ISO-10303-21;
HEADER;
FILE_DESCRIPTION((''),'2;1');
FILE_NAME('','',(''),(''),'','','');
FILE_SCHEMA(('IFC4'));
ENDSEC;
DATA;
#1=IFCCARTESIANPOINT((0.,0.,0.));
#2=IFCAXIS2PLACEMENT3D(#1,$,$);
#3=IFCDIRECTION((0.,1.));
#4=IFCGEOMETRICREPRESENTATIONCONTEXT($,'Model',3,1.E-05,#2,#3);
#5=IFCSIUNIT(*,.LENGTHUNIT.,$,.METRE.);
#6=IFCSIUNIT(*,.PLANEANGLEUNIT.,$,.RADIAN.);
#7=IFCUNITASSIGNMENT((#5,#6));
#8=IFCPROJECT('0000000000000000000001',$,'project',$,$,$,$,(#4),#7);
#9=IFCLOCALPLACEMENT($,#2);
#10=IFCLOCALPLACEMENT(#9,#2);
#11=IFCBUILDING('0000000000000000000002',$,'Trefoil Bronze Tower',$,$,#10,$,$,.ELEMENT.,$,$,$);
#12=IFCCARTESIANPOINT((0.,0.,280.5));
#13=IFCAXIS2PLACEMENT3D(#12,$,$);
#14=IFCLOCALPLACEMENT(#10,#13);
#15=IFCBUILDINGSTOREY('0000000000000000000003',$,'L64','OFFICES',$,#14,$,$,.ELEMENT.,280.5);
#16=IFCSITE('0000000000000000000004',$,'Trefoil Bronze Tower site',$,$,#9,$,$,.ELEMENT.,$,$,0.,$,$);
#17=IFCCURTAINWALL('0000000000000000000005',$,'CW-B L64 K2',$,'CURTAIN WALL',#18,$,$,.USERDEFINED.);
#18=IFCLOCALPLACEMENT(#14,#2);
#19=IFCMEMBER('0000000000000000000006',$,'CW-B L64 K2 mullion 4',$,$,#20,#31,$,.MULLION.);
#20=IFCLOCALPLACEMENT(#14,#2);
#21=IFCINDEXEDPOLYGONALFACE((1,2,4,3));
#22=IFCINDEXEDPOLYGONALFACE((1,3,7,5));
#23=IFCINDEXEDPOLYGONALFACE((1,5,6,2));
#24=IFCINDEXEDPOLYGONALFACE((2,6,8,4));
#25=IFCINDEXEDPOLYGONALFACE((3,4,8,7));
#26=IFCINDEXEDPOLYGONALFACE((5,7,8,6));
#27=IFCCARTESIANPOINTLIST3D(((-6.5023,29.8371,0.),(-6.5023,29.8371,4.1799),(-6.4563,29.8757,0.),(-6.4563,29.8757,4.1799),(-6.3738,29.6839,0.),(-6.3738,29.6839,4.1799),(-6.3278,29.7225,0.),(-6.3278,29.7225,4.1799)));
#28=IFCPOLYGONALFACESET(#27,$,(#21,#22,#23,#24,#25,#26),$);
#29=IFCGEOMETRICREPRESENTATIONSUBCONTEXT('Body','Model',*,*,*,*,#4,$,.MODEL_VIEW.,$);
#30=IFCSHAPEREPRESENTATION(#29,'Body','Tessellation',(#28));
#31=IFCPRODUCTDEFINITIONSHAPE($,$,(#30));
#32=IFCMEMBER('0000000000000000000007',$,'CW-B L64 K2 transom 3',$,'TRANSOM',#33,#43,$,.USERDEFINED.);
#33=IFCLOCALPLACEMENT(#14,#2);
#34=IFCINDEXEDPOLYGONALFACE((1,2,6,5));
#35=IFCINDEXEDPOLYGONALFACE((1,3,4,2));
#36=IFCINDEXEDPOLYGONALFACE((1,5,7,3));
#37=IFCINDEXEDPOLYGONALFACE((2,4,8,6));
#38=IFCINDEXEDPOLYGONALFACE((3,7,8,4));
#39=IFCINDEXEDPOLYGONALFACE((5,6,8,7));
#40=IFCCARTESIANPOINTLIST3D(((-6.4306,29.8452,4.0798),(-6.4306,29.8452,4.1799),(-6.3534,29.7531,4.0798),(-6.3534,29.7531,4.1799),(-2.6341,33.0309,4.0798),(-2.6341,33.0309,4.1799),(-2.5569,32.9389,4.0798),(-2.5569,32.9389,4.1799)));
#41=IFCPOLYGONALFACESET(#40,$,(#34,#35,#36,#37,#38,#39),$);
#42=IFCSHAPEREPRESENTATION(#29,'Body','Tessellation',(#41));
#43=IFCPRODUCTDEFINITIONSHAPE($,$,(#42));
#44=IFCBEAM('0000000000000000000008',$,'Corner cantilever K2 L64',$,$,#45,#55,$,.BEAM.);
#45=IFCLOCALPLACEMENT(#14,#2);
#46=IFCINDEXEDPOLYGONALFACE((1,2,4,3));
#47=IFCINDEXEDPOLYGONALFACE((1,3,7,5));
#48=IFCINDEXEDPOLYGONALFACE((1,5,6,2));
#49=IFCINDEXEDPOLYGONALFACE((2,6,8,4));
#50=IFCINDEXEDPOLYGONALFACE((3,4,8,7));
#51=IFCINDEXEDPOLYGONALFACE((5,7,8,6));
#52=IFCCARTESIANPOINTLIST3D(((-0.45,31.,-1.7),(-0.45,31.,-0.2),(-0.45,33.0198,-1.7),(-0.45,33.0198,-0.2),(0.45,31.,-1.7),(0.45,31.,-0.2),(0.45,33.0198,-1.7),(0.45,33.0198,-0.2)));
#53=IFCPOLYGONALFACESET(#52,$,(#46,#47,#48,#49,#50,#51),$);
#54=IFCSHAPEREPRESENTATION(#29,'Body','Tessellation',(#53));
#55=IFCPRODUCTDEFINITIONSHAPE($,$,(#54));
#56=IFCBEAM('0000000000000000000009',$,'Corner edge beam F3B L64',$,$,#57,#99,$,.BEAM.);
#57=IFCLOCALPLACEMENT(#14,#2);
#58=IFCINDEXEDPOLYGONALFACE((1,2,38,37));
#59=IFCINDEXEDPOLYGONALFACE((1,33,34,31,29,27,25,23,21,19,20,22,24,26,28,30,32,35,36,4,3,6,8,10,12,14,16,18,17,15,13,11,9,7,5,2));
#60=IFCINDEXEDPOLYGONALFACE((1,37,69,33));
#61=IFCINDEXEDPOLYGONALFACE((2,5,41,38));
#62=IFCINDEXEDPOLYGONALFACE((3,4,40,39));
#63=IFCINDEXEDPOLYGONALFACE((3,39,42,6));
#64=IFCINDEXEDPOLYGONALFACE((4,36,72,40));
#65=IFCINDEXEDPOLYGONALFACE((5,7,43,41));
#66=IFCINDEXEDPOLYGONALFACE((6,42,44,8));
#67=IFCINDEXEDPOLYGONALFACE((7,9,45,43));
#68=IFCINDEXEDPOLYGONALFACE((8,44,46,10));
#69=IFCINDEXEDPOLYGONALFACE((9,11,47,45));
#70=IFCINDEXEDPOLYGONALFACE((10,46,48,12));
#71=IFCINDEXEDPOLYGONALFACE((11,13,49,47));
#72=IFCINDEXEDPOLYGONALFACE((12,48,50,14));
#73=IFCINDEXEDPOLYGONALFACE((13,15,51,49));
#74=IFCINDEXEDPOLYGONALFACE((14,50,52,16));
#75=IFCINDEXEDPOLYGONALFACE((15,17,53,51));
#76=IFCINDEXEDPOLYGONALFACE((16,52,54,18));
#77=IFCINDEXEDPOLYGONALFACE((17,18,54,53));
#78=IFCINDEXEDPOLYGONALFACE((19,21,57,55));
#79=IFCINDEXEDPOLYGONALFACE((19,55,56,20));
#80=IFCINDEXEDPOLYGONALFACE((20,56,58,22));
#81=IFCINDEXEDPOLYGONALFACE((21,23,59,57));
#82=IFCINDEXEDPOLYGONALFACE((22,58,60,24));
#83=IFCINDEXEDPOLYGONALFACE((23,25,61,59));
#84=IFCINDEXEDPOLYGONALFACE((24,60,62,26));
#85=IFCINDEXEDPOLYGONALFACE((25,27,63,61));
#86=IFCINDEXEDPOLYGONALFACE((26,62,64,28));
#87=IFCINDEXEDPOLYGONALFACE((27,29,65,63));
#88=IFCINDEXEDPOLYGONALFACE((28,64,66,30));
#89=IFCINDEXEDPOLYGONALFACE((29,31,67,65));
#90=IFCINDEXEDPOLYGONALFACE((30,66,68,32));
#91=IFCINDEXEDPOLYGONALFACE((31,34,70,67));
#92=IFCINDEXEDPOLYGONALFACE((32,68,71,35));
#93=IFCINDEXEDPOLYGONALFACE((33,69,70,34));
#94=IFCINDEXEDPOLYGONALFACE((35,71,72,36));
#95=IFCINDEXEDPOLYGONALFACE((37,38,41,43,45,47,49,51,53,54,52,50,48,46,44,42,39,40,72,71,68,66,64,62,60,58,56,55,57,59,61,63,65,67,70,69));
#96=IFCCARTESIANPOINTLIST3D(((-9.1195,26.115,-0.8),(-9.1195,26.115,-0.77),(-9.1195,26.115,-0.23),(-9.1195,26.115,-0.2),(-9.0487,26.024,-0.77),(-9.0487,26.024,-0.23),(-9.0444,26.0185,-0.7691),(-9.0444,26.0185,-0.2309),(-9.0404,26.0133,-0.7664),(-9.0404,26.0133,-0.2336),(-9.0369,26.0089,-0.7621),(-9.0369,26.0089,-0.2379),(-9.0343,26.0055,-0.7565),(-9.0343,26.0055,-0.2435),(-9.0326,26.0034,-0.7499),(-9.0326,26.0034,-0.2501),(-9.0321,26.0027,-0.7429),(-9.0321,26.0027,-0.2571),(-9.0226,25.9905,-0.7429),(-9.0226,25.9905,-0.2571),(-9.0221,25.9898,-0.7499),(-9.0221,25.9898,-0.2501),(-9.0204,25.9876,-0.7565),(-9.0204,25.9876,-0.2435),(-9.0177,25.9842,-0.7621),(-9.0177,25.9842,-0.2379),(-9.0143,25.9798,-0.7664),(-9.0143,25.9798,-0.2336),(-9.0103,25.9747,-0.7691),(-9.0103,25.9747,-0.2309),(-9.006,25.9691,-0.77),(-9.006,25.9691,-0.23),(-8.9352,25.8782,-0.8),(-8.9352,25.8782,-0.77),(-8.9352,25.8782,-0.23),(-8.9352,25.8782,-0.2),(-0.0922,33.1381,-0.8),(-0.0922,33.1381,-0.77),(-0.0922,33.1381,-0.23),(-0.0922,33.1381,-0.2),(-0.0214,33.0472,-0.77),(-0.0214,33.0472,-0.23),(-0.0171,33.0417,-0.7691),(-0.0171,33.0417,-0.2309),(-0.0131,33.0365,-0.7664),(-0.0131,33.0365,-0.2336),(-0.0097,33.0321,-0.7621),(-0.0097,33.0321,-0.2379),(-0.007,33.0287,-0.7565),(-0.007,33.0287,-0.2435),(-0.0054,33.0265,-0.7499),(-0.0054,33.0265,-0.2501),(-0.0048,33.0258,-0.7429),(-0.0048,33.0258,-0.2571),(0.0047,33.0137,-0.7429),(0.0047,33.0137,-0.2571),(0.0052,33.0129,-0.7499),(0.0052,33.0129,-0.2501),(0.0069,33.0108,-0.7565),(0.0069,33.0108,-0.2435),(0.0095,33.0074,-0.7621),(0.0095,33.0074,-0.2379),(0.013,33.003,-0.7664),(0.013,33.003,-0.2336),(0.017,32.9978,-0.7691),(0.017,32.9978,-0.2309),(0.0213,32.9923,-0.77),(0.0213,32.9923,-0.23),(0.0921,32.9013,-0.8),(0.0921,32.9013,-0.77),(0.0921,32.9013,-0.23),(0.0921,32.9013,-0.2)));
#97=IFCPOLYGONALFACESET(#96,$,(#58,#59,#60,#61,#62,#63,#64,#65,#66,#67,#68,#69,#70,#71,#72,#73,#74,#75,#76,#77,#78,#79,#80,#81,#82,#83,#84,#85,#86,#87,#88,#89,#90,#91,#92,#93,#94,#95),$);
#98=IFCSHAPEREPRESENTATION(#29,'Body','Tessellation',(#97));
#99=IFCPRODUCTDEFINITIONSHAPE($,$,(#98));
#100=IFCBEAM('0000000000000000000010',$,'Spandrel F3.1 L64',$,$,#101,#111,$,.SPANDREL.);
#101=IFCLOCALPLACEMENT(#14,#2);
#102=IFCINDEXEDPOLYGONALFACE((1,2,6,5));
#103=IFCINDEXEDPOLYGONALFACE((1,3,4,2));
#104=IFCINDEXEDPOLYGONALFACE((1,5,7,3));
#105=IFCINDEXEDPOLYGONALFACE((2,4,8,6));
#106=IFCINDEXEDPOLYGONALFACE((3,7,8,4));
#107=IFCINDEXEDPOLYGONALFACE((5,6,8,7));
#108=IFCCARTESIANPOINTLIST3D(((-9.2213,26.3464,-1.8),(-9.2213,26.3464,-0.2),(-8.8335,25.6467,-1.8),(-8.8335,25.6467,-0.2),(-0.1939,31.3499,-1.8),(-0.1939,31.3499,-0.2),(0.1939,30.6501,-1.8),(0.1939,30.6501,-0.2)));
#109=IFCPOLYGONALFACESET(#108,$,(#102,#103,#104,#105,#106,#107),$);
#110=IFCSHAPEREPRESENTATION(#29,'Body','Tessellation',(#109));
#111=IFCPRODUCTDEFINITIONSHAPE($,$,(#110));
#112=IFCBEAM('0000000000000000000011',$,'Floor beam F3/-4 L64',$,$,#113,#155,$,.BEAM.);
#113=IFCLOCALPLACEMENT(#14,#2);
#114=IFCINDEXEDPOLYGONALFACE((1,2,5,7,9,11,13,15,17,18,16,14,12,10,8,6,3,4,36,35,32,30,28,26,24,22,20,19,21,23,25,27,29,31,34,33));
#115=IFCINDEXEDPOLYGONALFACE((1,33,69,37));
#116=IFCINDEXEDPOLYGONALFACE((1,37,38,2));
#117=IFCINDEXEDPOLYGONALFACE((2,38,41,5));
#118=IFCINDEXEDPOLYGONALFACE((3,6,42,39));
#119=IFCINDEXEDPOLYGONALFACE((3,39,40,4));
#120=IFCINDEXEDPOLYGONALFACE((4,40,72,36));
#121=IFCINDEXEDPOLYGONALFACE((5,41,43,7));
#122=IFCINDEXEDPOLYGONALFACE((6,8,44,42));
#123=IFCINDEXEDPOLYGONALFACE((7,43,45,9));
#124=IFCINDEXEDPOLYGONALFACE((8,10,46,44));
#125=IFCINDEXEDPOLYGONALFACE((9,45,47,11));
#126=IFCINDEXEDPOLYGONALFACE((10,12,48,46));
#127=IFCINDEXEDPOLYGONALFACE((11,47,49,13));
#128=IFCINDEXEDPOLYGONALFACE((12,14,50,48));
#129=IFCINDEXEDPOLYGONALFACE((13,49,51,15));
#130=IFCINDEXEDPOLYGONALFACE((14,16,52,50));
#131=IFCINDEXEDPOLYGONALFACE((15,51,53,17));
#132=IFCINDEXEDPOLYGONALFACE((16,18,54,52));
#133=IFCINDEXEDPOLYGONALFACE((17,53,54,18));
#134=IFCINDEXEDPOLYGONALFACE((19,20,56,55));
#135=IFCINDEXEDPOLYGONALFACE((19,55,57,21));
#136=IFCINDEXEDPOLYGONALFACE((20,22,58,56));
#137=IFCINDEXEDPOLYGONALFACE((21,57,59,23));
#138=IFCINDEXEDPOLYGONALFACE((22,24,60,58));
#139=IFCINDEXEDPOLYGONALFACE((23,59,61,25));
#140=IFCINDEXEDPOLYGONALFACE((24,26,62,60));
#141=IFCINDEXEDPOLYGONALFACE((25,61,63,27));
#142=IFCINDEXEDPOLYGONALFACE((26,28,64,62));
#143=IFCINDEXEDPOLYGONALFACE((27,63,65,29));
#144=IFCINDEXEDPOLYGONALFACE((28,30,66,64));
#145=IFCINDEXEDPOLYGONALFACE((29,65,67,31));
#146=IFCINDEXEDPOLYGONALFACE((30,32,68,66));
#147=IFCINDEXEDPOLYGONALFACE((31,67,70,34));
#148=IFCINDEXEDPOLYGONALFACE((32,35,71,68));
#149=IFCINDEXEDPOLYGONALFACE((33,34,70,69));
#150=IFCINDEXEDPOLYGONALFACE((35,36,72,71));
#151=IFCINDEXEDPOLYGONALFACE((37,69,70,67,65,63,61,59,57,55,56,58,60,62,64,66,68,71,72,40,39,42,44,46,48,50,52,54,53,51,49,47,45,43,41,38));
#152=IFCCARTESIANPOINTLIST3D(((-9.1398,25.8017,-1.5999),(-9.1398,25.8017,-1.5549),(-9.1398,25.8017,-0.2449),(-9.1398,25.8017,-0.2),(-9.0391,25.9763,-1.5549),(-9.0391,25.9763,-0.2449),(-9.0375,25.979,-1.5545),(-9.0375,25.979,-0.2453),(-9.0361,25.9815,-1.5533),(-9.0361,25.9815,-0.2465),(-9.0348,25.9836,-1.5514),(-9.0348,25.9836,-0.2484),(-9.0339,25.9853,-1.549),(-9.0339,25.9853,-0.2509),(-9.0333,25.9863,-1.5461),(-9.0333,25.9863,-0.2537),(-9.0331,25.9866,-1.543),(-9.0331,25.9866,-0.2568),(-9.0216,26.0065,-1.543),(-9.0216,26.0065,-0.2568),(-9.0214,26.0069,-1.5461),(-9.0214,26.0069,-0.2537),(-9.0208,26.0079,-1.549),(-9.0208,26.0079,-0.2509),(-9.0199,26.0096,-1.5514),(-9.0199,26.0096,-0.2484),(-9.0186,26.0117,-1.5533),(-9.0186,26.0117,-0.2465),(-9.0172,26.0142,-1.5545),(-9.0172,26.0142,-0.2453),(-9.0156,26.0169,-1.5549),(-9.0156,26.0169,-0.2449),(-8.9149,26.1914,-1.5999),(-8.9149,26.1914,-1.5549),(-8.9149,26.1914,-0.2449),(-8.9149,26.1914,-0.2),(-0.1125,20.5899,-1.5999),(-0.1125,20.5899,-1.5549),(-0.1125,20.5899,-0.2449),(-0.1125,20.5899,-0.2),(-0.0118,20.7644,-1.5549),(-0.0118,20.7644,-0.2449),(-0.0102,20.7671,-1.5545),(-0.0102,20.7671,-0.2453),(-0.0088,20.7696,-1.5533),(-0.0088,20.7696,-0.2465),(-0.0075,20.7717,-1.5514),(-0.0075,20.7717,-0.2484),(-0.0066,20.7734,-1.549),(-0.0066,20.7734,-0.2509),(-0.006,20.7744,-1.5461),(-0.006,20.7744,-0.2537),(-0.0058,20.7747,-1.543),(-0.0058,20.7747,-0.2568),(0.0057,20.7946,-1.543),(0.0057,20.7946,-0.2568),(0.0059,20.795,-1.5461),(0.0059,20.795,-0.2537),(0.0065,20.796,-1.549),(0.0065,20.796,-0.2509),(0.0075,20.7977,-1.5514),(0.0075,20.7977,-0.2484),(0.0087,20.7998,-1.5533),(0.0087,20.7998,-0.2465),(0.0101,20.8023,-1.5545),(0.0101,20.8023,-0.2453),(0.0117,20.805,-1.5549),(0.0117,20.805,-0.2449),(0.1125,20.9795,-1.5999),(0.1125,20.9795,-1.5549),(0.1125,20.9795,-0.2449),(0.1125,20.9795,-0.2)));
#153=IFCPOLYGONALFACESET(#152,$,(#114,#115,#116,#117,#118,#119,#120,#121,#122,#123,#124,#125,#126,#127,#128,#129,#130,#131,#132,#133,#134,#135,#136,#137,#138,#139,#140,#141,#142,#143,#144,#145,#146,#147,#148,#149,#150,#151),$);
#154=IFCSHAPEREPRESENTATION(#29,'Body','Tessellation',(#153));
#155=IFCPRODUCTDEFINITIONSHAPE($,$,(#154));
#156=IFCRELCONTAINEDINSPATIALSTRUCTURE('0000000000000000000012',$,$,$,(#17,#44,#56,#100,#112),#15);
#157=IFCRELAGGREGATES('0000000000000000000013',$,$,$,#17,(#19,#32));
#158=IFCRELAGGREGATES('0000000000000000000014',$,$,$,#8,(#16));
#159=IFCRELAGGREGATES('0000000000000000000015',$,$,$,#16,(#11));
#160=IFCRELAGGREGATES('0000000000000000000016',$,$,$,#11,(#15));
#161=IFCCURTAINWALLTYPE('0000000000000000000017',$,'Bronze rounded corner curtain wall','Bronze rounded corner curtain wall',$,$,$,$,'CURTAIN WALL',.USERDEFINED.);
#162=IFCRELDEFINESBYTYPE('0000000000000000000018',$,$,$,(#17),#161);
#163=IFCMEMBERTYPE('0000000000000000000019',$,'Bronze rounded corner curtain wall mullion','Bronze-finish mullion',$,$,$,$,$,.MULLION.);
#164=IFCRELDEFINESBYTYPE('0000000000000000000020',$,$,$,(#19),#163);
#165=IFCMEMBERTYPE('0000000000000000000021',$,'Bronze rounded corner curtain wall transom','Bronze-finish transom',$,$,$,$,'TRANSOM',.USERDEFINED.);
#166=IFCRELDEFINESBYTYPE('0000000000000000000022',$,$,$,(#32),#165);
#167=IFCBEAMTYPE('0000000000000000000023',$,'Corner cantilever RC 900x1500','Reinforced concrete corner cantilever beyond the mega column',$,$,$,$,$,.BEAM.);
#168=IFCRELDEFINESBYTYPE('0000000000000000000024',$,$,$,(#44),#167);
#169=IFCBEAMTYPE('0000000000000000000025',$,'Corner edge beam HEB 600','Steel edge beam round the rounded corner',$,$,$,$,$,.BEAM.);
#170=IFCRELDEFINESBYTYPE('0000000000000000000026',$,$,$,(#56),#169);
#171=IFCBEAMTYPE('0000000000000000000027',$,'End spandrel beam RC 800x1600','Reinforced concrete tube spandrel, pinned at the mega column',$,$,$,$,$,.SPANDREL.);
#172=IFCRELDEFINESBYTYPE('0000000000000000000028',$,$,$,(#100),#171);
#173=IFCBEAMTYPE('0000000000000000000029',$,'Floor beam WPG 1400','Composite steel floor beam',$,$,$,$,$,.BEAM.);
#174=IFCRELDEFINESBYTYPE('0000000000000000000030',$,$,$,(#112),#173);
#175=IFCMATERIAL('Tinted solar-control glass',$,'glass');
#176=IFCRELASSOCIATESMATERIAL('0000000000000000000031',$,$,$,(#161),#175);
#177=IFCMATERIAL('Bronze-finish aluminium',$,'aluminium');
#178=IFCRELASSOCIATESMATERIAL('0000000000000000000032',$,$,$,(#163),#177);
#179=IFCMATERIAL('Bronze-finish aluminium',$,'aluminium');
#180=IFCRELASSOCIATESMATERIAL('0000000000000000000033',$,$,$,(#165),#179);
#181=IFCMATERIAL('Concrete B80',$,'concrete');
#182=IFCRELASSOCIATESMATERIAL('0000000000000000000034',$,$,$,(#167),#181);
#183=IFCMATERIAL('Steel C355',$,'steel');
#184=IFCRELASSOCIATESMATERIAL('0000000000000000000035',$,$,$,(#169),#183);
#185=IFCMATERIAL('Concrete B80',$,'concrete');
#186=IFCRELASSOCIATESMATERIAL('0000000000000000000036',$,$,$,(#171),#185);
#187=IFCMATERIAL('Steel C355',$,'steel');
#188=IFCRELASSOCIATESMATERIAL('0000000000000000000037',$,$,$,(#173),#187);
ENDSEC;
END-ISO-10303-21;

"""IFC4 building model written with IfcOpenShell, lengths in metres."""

from ifc_helpers import new_model, si_unit, direction, frame, origin, origin_2d, place, context, subcontext, project, spatial, rectangle, i_section, extrude, material, material_profile, profile_set, type_object, element, aggregate, save


model = new_model("IFC4")

# Units and contexts
model_context = context("Model", 3, precision=1e-05, world=origin(), true_north=direction((0.0, 1.0)))
body_context = subcontext(model_context, "Body", "Model", "MODEL_VIEW")
ifc_project = project(units=[si_unit("LENGTHUNIT", "METRE"), si_unit("PLANEANGLEUNIT", "RADIAN")], contexts=[model_context])

# Site, building, storey
site_placement = place(None, origin())
site = spatial("IfcSite", under=ifc_project, at=site_placement, Name="Trefoil Bronze Tower site", CompositionType="ELEMENT", RefElevation=0.0)
building_placement = place(site_placement, origin())
building = spatial("IfcBuilding", under=site, at=building_placement, Name="Trefoil Bronze Tower", CompositionType="ELEMENT")
storey_placement = place(building_placement, frame((0.0, 0.0, 280.5)))
storey = spatial("IfcBuildingStorey", under=building, at=storey_placement, Name="L64", Description="OFFICES", CompositionType="ELEMENT", Elevation=280.5)

# Curtain wall, members
ifc_material_1 = material(Name="Tinted solar-control glass", Category="glass")
curtain_wall_type_1 = type_object("IfcCurtainWallType", Name="Bronze rounded corner curtain wall", Description="Bronze rounded corner curtain wall", ElementType="CURTAIN WALL", PredefinedType="USERDEFINED", material=ifc_material_1)
curtain_wall_1_placement = place(storey_placement, origin())
curtain_wall_1 = element("IfcCurtainWall", 1, at=curtain_wall_1_placement, inside=storey, type_object=curtain_wall_type_1, Name="CW-B L64 K2", ObjectType="CURTAIN WALL", PredefinedType="USERDEFINED")
ifc_material_2 = material(Name="Bronze-finish aluminium", Category="aluminium")
ifc_material_profile_1 = material_profile(ifc_material_2, rectangle(XDim=0.2, YDim=0.0601, at=origin_2d()), Name="CW-B mullion")
ifc_profile_set_1 = profile_set([ifc_material_profile_1], Name="Bronze-finish aluminium")
member_type_1 = type_object("IfcMemberType", Name="Bronze rounded corner curtain wall mullion", Description="Bronze-finish mullion", PredefinedType="MULLION", material=ifc_profile_set_1)
member_1_placement = place(storey_placement, frame((-6.415, 29.7798, 0.0), z_axis=(0.0, 0.0, 1.0), x_axis=(0.642788, -0.766044, 0.0)))
member_1 = element("IfcMember", 2, at=member_1_placement, type_object=member_type_1, Name="CW-B L64 K2 mullion 4", PredefinedType="MULLION", context=body_context, shape_type="SweptSolid", body=[
    extrude(rectangle(XDim=0.2, YDim=0.0601, at=origin_2d()), origin(), (0.0, 0.0, 1.0), 4.1799),
])
ifc_material_3 = material(Name="Bronze-finish aluminium", Category="aluminium")
ifc_material_profile_2 = material_profile(ifc_material_3, rectangle(XDim=0.1201, YDim=0.1001, at=origin_2d()), Name="CW-B transom")
ifc_profile_set_2 = profile_set([ifc_material_profile_2], Name="Bronze-finish aluminium")
member_type_2 = type_object("IfcMemberType", Name="Bronze rounded corner curtain wall transom", Description="Bronze-finish transom", ElementType="TRANSOM", PredefinedType="USERDEFINED", material=ifc_profile_set_2)
member_2_placement = place(storey_placement, frame((-2.5955, 32.9849, 4.1299), z_axis=(-0.766041, -0.642792, 0.0), x_axis=(0.642792, -0.766041, 0.0)))
member_2 = element("IfcMember", 3, at=member_2_placement, type_object=member_type_2, Name="CW-B L64 K2 transom 3", ObjectType="TRANSOM", PredefinedType="USERDEFINED", context=body_context, shape_type="SweptSolid", body=[
    extrude(rectangle(XDim=0.1201, YDim=0.1001, at=origin_2d()), origin(), (0.0, 0.0, 1.0), 4.9561),
])

# Beams
ifc_material_4 = material(Name="Concrete B80", Category="concrete")
ifc_material_profile_3 = material_profile(ifc_material_4, rectangle(XDim=0.8999, YDim=1.5, at=origin_2d()), Name="RC 900x1500")
ifc_profile_set_3 = profile_set([ifc_material_profile_3], Name="Concrete B80")
beam_type_1 = type_object("IfcBeamType", Name="Corner cantilever RC 900x1500", Description="Reinforced concrete corner cantilever beyond the mega column", PredefinedType="BEAM", material=ifc_profile_set_3)
beam_1_placement = place(storey_placement, frame((0.0, 31.0, -0.95), z_axis=(0.0, 1.0, 0.0), x_axis=(-1.0, 0.0, 0.0)))
element("IfcBeam", 4, at=beam_1_placement, inside=storey, type_object=beam_type_1, Name="Corner cantilever K2 L64", PredefinedType="BEAM", context=body_context, shape_type="SweptSolid", body=[
    extrude(rectangle(XDim=0.8999, YDim=1.5, at=origin_2d()), origin(), (0.0, 0.0, 1.0), 2.0198),
])
ifc_material_5 = material(Name="Steel C355", Category="steel")
ifc_material_profile_4 = material_profile(ifc_material_5, i_section(OverallWidth=0.3, OverallDepth=0.6001, WebThickness=0.0154, FlangeThickness=0.03, FilletRadius=0.0271, at=origin_2d()), Name="HEB 600")
ifc_profile_set_4 = profile_set([ifc_material_profile_4], Name="Steel C355")
beam_type_2 = type_object("IfcBeamType", Name="Corner edge beam HEB 600", Description="Steel edge beam round the rounded corner", PredefinedType="BEAM", material=ifc_profile_set_4)
beam_2_placement = place(storey_placement, frame((-9.0273, 25.9966, -0.5), z_axis=(0.789271, 0.614046, 0.0), x_axis=(-0.614046, 0.789271, 0.0)))
element("IfcBeam", 5, at=beam_2_placement, inside=storey, type_object=beam_type_2, Name="Corner edge beam F3B L64", PredefinedType="BEAM", context=body_context, shape_type="SweptSolid", body=[
    extrude(i_section(OverallWidth=0.3, OverallDepth=0.6001, WebThickness=0.0154, FlangeThickness=0.03, FilletRadius=0.0271, at=origin_2d()), origin(), (0.0, 0.0, 1.0), 11.4375),
])
ifc_material_6 = material(Name="Concrete B80", Category="concrete")
ifc_material_profile_5 = material_profile(ifc_material_6, rectangle(XDim=0.8, YDim=1.6001, at=origin_2d()), Name="RC 800x1600")
ifc_profile_set_5 = profile_set([ifc_material_profile_5], Name="Concrete B80")
beam_type_3 = type_object("IfcBeamType", Name="End spandrel beam RC 800x1600", Description="Reinforced concrete tube spandrel, pinned at the mega column", PredefinedType="SPANDREL", material=ifc_profile_set_5)
beam_3_placement = place(storey_placement, frame((0.0, 31.0, -1.0), z_axis=(-0.874641, -0.484771, 0.0), x_axis=(0.484771, -0.874641, 0.0)))
element("IfcBeam", 6, at=beam_3_placement, inside=storey, type_object=beam_type_3, Name="Spandrel F3.1 L64", PredefinedType="SPANDREL", context=body_context, shape_type="SweptSolid", body=[
    extrude(rectangle(XDim=0.8, YDim=1.6001, at=origin_2d()), origin(), (0.0, 0.0, 1.0), 10.3213),
])
ifc_material_7 = material(Name="Steel C355", Category="steel")
ifc_material_profile_6 = material_profile(ifc_material_7, i_section(OverallWidth=0.45, OverallDepth=1.3999, WebThickness=0.0229, FlangeThickness=0.0449, FilletRadius=0.012, at=origin_2d()), Name="WPG 1400")
ifc_profile_set_6 = profile_set([ifc_material_profile_6], Name="Steel C355")
beam_type_4 = type_object("IfcBeamType", Name="Floor beam WPG 1400", Description="Composite steel floor beam", PredefinedType="BEAM", material=ifc_profile_set_6)
beam_4_placement = place(storey_placement, frame((-9.0273, 25.9966, -0.8999), z_axis=(0.866026, -0.499998, 0.0), x_axis=(0.499998, 0.866026, 0.0)))
element("IfcBeam", 7, at=beam_4_placement, inside=storey, type_object=beam_type_4, Name="Floor beam F3/-4 L64", PredefinedType="BEAM", context=body_context, shape_type="SweptSolid", body=[
    extrude(i_section(OverallWidth=0.45, OverallDepth=1.3999, WebThickness=0.0229, FlangeThickness=0.0449, FilletRadius=0.012, at=origin_2d()), origin(), (0.0, 0.0, 1.0), 10.4238),
])

aggregate(curtain_wall_1, [member_1, member_2])

save(model, "model.ifc")
